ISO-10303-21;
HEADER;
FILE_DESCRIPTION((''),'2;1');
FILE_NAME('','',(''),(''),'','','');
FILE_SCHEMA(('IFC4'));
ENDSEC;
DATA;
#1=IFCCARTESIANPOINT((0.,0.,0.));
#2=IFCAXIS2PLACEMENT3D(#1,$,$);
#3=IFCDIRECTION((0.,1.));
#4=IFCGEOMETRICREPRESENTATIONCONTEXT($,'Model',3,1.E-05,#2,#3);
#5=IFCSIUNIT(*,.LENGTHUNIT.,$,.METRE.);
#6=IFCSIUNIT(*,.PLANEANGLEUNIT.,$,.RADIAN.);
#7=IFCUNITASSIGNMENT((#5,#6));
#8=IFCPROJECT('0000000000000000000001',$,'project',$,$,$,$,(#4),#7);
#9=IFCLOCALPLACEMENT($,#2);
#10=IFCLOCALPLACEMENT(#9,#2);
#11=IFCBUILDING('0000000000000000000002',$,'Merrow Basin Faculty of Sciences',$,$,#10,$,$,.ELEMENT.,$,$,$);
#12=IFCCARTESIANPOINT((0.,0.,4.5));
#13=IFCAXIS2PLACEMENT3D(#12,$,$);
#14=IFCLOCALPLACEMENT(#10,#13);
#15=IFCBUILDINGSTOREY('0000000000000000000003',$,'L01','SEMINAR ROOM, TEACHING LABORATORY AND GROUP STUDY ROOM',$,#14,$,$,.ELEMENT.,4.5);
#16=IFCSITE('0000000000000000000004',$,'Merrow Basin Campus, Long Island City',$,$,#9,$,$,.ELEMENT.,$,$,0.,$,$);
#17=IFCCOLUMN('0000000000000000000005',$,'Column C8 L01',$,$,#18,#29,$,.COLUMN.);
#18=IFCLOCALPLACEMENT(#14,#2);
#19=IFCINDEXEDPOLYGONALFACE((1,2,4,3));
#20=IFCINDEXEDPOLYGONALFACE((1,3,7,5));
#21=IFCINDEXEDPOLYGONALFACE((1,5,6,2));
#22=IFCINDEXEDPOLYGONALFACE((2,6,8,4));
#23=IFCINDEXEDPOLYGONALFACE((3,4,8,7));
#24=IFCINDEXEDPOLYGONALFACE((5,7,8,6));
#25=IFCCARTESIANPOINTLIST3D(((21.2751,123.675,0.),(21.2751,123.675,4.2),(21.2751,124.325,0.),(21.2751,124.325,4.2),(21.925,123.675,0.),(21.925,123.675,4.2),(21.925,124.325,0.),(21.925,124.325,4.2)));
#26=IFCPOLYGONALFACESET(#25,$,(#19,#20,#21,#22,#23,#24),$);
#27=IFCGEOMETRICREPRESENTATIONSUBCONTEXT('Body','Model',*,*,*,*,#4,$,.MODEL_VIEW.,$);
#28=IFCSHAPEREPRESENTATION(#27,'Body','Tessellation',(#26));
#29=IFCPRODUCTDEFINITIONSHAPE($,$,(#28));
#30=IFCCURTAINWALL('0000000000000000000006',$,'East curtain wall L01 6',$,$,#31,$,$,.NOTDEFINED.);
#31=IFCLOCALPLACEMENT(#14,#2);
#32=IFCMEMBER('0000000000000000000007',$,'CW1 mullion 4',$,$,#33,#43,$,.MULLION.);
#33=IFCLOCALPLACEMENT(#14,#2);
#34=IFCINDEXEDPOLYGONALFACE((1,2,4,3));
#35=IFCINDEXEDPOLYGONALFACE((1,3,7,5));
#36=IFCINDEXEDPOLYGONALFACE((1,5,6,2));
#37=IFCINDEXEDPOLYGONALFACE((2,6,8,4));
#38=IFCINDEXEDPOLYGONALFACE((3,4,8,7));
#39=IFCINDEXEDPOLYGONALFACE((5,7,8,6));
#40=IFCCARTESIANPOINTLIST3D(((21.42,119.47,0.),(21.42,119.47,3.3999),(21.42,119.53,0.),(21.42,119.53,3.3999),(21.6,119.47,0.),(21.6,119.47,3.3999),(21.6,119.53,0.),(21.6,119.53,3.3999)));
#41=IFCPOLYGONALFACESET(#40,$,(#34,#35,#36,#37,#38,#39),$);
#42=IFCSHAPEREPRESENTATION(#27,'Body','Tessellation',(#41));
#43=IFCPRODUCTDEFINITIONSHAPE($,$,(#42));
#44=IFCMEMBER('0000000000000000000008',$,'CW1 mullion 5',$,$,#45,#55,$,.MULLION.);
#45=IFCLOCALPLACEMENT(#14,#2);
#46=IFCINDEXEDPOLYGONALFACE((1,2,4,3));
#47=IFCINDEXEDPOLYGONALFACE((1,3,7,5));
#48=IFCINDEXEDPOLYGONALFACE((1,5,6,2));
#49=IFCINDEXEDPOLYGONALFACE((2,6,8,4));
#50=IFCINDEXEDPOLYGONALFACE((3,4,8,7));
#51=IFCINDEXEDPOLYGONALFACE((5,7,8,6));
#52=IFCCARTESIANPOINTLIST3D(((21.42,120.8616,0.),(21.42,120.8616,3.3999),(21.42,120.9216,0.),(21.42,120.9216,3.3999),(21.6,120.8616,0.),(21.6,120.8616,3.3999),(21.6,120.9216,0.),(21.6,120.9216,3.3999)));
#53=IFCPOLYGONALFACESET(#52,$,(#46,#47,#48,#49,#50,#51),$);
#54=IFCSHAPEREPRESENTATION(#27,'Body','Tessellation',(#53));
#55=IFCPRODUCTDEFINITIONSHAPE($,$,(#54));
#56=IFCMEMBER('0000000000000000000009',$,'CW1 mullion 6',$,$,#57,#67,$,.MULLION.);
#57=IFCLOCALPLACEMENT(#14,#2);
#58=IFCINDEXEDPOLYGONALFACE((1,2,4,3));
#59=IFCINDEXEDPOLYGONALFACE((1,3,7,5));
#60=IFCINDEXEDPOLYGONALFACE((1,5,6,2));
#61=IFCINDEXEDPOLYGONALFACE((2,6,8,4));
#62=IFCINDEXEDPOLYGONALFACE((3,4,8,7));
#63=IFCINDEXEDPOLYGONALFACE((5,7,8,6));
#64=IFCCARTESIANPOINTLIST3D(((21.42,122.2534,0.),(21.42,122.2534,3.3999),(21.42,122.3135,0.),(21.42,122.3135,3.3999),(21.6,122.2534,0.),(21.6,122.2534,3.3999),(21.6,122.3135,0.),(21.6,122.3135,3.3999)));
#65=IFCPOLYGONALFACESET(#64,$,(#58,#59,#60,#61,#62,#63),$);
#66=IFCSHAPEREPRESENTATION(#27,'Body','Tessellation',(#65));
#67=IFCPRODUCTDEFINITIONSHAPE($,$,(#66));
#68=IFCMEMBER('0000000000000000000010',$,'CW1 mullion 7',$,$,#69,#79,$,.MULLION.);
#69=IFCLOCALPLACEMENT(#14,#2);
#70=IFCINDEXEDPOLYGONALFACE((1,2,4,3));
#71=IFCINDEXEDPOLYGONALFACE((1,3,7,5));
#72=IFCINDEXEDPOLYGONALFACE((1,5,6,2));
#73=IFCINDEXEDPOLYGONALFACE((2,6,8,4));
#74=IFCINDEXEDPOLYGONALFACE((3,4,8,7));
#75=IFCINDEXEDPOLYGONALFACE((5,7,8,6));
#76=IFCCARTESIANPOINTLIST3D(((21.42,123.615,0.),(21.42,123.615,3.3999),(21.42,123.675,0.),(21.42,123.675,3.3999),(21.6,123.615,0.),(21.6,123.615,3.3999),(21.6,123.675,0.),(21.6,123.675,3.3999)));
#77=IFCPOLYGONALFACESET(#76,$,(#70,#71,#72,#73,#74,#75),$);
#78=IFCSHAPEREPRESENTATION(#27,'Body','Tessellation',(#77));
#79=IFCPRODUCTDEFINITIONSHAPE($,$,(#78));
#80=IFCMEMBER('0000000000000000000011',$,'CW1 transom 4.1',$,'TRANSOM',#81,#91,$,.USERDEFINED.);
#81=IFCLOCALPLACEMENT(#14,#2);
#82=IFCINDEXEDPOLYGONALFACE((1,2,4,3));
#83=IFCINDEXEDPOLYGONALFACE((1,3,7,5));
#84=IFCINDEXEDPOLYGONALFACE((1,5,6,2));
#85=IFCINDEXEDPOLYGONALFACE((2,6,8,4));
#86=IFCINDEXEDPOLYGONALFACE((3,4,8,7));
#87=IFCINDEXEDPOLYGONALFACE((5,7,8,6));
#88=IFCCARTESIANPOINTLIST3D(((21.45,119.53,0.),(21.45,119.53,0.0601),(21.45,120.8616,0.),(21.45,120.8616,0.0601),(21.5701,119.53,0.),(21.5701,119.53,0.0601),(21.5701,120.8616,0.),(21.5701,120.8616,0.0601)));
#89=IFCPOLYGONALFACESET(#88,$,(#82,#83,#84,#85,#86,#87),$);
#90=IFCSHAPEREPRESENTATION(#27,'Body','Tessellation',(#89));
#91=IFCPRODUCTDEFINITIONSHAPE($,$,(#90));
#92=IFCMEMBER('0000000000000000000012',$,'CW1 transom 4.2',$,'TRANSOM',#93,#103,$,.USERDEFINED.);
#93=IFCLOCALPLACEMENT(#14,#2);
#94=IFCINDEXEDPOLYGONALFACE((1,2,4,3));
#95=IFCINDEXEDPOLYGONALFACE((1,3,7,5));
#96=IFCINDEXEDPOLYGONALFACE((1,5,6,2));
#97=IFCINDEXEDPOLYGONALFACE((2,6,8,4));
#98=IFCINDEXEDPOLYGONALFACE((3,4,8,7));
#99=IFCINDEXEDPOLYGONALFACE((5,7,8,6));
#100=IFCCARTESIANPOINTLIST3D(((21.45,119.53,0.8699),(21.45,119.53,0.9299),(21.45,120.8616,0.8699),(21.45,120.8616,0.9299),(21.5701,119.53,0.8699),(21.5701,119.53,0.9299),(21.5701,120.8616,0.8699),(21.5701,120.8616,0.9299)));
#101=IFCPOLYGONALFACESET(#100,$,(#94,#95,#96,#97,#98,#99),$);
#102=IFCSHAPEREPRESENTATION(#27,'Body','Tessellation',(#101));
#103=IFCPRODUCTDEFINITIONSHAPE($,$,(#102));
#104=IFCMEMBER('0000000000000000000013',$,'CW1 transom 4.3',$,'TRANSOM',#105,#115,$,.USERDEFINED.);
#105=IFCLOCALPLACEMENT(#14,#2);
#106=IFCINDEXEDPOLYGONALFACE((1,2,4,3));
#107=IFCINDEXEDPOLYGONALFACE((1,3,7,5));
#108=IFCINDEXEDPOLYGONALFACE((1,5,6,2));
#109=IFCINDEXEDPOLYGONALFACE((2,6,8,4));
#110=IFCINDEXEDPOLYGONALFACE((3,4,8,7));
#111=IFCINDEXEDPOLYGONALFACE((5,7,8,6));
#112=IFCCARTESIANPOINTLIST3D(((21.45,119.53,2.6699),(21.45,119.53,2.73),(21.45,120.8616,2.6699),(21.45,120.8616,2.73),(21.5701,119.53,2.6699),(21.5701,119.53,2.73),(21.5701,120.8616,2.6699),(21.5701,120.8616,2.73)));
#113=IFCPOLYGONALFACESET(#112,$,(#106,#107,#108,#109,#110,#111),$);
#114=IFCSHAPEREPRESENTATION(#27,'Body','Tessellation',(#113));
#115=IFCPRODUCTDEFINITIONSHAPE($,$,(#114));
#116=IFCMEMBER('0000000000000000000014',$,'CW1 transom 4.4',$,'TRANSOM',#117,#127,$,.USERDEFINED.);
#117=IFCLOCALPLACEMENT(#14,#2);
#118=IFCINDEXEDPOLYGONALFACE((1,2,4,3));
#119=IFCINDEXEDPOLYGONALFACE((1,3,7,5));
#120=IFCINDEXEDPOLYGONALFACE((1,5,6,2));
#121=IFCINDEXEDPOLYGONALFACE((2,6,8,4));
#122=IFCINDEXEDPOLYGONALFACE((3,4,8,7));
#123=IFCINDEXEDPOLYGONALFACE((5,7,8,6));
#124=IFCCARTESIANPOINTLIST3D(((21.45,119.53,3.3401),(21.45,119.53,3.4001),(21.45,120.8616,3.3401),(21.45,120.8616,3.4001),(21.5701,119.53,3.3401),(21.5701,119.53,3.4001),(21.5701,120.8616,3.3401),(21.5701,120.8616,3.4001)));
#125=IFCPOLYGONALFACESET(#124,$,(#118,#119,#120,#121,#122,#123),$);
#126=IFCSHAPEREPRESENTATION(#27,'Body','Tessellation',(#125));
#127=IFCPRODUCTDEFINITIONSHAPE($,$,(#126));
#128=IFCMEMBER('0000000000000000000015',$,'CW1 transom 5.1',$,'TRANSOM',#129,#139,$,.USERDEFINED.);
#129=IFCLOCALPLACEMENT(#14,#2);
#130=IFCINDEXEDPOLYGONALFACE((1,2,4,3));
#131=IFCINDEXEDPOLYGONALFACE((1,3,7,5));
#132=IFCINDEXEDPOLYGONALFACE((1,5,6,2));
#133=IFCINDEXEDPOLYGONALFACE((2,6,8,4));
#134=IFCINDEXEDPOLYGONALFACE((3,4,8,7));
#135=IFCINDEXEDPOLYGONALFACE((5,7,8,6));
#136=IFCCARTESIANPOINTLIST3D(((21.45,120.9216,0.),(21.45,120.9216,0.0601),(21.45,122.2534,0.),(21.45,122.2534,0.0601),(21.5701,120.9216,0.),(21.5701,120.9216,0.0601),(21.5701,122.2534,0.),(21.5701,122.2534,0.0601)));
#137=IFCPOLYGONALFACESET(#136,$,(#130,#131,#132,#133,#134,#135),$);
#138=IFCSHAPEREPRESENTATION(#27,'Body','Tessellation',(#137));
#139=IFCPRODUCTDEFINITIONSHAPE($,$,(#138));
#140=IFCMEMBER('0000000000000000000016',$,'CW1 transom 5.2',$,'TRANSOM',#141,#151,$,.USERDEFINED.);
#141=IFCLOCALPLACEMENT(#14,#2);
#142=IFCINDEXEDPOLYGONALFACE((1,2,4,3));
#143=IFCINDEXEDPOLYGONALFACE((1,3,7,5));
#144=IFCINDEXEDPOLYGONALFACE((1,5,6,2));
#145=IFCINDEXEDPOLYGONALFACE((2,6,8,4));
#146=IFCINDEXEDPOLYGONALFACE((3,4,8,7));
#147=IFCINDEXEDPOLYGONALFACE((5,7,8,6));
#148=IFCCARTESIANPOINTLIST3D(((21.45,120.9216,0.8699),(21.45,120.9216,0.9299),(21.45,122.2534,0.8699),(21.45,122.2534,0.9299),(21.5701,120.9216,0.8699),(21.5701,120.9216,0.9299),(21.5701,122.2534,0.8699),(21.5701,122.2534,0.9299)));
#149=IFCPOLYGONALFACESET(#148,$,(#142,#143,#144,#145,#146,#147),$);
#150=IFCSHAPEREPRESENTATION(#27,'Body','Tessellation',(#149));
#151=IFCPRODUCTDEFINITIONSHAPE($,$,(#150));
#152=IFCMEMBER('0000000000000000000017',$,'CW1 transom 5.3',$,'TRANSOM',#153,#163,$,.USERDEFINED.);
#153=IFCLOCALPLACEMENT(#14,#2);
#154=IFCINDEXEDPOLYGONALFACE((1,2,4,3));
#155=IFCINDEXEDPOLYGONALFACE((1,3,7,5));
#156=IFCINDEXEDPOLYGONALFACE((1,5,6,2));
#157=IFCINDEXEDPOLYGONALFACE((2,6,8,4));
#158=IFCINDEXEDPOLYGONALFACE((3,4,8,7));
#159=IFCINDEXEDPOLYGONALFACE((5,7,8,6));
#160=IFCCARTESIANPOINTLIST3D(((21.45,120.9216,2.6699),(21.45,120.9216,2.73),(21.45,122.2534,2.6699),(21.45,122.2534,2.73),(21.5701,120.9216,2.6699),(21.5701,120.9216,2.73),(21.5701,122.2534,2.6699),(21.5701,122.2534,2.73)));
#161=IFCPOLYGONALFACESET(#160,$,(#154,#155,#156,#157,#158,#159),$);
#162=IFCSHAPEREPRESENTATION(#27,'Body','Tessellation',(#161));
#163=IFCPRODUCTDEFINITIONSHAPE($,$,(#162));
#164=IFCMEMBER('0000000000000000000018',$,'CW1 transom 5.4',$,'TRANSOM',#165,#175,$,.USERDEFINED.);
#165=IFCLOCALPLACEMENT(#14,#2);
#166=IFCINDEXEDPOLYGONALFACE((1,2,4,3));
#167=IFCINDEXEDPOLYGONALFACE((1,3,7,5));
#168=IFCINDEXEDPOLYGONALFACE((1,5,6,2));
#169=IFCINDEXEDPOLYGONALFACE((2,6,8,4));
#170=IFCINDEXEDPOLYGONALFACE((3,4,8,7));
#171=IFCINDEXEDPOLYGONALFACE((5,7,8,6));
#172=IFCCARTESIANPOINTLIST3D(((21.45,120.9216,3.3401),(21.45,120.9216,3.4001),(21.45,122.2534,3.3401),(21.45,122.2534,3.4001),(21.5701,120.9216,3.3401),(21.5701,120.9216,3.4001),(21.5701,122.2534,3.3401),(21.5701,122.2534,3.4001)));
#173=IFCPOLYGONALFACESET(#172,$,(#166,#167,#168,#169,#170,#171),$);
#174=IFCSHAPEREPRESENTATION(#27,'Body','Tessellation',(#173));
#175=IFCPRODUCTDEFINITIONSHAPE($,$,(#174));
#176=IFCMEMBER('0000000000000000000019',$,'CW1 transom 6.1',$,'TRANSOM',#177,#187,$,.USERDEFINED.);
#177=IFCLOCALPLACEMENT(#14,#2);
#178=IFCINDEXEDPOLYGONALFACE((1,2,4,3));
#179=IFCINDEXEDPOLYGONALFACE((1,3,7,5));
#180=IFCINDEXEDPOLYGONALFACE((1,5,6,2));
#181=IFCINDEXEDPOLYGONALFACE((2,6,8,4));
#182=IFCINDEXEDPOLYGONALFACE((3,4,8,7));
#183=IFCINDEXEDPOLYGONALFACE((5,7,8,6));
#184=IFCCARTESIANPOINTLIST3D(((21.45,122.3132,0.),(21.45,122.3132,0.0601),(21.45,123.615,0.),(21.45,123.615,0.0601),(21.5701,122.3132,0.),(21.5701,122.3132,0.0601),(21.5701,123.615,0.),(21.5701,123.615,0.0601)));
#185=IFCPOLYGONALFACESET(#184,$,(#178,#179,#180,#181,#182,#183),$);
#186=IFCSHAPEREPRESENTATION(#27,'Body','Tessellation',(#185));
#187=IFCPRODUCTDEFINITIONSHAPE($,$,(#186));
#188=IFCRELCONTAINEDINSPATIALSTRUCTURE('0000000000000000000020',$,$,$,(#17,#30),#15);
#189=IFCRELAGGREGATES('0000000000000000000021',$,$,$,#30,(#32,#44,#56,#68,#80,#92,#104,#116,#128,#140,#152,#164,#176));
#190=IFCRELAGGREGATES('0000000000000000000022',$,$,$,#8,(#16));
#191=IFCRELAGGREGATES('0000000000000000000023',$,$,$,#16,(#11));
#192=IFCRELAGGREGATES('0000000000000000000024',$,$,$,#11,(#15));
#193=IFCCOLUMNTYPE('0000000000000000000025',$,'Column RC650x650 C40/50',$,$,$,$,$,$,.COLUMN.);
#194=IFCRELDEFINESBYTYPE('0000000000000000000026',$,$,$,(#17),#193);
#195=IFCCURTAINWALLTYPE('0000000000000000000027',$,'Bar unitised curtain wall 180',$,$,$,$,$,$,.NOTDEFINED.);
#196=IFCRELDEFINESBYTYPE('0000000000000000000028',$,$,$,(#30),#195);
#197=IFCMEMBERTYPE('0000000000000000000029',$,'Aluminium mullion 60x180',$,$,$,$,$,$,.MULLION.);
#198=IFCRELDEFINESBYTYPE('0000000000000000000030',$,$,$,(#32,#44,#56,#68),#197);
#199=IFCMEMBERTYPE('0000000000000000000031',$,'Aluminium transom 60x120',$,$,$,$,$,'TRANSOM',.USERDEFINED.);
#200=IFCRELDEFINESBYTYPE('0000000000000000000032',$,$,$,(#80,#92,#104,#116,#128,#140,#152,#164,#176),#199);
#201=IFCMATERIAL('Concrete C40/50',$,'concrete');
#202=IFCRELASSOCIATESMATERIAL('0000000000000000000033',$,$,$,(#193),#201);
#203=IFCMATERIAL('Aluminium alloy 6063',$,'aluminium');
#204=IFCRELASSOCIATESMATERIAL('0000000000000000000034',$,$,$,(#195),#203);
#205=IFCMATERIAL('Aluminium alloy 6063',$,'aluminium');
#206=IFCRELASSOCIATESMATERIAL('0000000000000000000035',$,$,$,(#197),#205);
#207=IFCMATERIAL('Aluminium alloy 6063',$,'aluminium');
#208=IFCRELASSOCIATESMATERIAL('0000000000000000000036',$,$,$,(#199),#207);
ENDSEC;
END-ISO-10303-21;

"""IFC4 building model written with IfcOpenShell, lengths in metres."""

from ifc_helpers import new_model, si_unit, direction, frame, origin, origin_2d, place, context, subcontext, project, spatial, rectangle, extrude, material, material_profile, profile_set, type_object, element, aggregate, save


model = new_model("IFC4")

# Units and contexts
model_context = context("Model", 3, precision=1e-05, world=origin(), true_north=direction((0.0, 1.0)))
body_context = subcontext(model_context, "Body", "Model", "MODEL_VIEW")
ifc_project = project(units=[si_unit("LENGTHUNIT", "METRE"), si_unit("PLANEANGLEUNIT", "RADIAN")], contexts=[model_context])

# Site, building, storey
site_placement = place(None, origin())
site = spatial("IfcSite", under=ifc_project, at=site_placement, Name="Merrow Basin Campus, Long Island City", CompositionType="ELEMENT", RefElevation=0.0)
building_placement = place(site_placement, origin())
building = spatial("IfcBuilding", under=site, at=building_placement, Name="Merrow Basin Faculty of Sciences", CompositionType="ELEMENT")
storey_placement = place(building_placement, frame((0.0, 0.0, 4.5)))
storey = spatial("IfcBuildingStorey", under=building, at=storey_placement, Name="L01", Description="SEMINAR ROOM, TEACHING LABORATORY AND GROUP STUDY ROOM", CompositionType="ELEMENT", Elevation=4.5)

# Column
ifc_material_1 = material(Name="Concrete C40/50", Category="concrete")
ifc_material_profile_1 = material_profile(ifc_material_1, rectangle(XDim=0.6499, YDim=0.6499, at=origin_2d()))
ifc_profile_set_1 = profile_set([ifc_material_profile_1], Name="Concrete C40/50")
column_type = type_object("IfcColumnType", Name="Column RC650x650 C40/50", PredefinedType="COLUMN", material=ifc_profile_set_1)
column_placement = place(storey_placement, frame((21.6001, 124.0, 0.0), z_axis=(0.0, 0.0, 1.0), x_axis=(1.0, 0.0, 0.0)))
element("IfcColumn", 1, at=column_placement, inside=storey, type_object=column_type, Name="Column C8 L01", PredefinedType="COLUMN", context=body_context, shape_type="SweptSolid", body=[
    extrude(rectangle(XDim=0.6499, YDim=0.6499, at=origin_2d()), origin(), (0.0, 0.0, 1.0), 4.2),
])

# Curtain wall, members
ifc_material_2 = material(Name="Aluminium alloy 6063", Category="aluminium")
curtain_wall_type = type_object("IfcCurtainWallType", Name="Bar unitised curtain wall 180", PredefinedType="NOTDEFINED", material=ifc_material_2)
curtain_wall_placement = place(storey_placement, origin())
curtain_wall = element("IfcCurtainWall", 2, at=curtain_wall_placement, inside=storey, type_object=curtain_wall_type, Name="East curtain wall L01 6", PredefinedType="NOTDEFINED")
ifc_material_3 = material(Name="Aluminium alloy 6063", Category="aluminium")
ifc_material_profile_2 = material_profile(ifc_material_3, rectangle(XDim=0.1799, YDim=0.0601, at=origin_2d()))
ifc_profile_set_2 = profile_set([ifc_material_profile_2], Name="Aluminium alloy 6063")
member_type_1 = type_object("IfcMemberType", Name="Aluminium mullion 60x180", PredefinedType="MULLION", material=ifc_profile_set_2)
member_1_placement = place(storey_placement, frame((21.51, 119.5, 0.0), z_axis=(0.0, 0.0, 1.0), x_axis=(-1.0, 0.0, 0.0)))
member_1 = element("IfcMember", 3, at=member_1_placement, type_object=member_type_1, Name="CW1 mullion 4", PredefinedType="MULLION", context=body_context, shape_type="SweptSolid", body=[
    extrude(rectangle(XDim=0.1799, YDim=0.0601, at=origin_2d()), origin(), (0.0, 0.0, 1.0), 3.3999),
])
member_2_placement = place(storey_placement, frame((21.51, 120.8916, 0.0), z_axis=(0.0, 0.0, 1.0), x_axis=(-1.0, 0.0, 0.0)))
member_2 = element("IfcMember", 4, at=member_2_placement, type_object=member_type_1, Name="CW1 mullion 5", PredefinedType="MULLION", context=body_context, shape_type="SweptSolid", body=[
    extrude(rectangle(XDim=0.1799, YDim=0.0601, at=origin_2d()), origin(), (0.0, 0.0, 1.0), 3.3999),
])
member_3_placement = place(storey_placement, frame((21.51, 122.2834, 0.0), z_axis=(0.0, 0.0, 1.0), x_axis=(-1.0, 0.0, 0.0)))
member_3 = element("IfcMember", 5, at=member_3_placement, type_object=member_type_1, Name="CW1 mullion 6", PredefinedType="MULLION", context=body_context, shape_type="SweptSolid", body=[
    extrude(rectangle(XDim=0.1799, YDim=0.0601, at=origin_2d()), origin(), (0.0, 0.0, 1.0), 3.3999),
])
member_4_placement = place(storey_placement, frame((21.51, 123.645, 0.0), z_axis=(0.0, 0.0, 1.0), x_axis=(-1.0, 0.0, 0.0)))
member_4 = element("IfcMember", 6, at=member_4_placement, type_object=member_type_1, Name="CW1 mullion 7", PredefinedType="MULLION", context=body_context, shape_type="SweptSolid", body=[
    extrude(rectangle(XDim=0.1799, YDim=0.0601, at=origin_2d()), origin(), (0.0, 0.0, 1.0), 3.3999),
])
ifc_material_4 = material(Name="Aluminium alloy 6063", Category="aluminium")
ifc_material_profile_3 = material_profile(ifc_material_4, rectangle(XDim=0.1201, YDim=0.0601, at=origin_2d()))
ifc_profile_set_3 = profile_set([ifc_material_profile_3], Name="Aluminium alloy 6063")
member_type_2 = type_object("IfcMemberType", Name="Aluminium transom 60x120", ElementType="TRANSOM", PredefinedType="USERDEFINED", material=ifc_profile_set_3)
member_5_placement = place(storey_placement, frame((21.51, 119.53, 0.03), z_axis=(0.0, 1.0, 0.0), x_axis=(-1.0, 0.0, 0.0)))
member_5 = element("IfcMember", 7, at=member_5_placement, type_object=member_type_2, Name="CW1 transom 4.1", ObjectType="TRANSOM", PredefinedType="USERDEFINED", context=body_context, shape_type="SweptSolid", body=[
    extrude(rectangle(XDim=0.1201, YDim=0.0601, at=origin_2d()), origin(), (0.0, 0.0, 1.0), 1.3315),
])
member_6_placement = place(storey_placement, frame((21.51, 119.53, 0.8999), z_axis=(0.0, 1.0, 0.0), x_axis=(-1.0, 0.0, 0.0)))
member_6 = element("IfcMember", 8, at=member_6_placement, type_object=member_type_2, Name="CW1 transom 4.2", ObjectType="TRANSOM", PredefinedType="USERDEFINED", context=body_context, shape_type="SweptSolid", body=[
    extrude(rectangle(XDim=0.1201, YDim=0.0601, at=origin_2d()), origin(), (0.0, 0.0, 1.0), 1.3315),
])
member_7_placement = place(storey_placement, frame((21.51, 119.53, 2.7), z_axis=(0.0, 1.0, 0.0), x_axis=(-1.0, 0.0, 0.0)))
member_7 = element("IfcMember", 9, at=member_7_placement, type_object=member_type_2, Name="CW1 transom 4.3", ObjectType="TRANSOM", PredefinedType="USERDEFINED", context=body_context, shape_type="SweptSolid", body=[
    extrude(rectangle(XDim=0.1201, YDim=0.0601, at=origin_2d()), origin(), (0.0, 0.0, 1.0), 1.3315),
])
member_8_placement = place(storey_placement, frame((21.51, 119.53, 3.3701), z_axis=(0.0, 1.0, 0.0), x_axis=(-1.0, 0.0, 0.0)))
member_8 = element("IfcMember", 10, at=member_8_placement, type_object=member_type_2, Name="CW1 transom 4.4", ObjectType="TRANSOM", PredefinedType="USERDEFINED", context=body_context, shape_type="SweptSolid", body=[
    extrude(rectangle(XDim=0.1201, YDim=0.0601, at=origin_2d()), origin(), (0.0, 0.0, 1.0), 1.3315),
])
member_9_placement = place(storey_placement, frame((21.51, 120.9216, 0.03), z_axis=(0.0, 1.0, 0.0), x_axis=(-1.0, 0.0, 0.0)))
member_9 = element("IfcMember", 11, at=member_9_placement, type_object=member_type_2, Name="CW1 transom 5.1", ObjectType="TRANSOM", PredefinedType="USERDEFINED", context=body_context, shape_type="SweptSolid", body=[
    extrude(rectangle(XDim=0.1201, YDim=0.0601, at=origin_2d()), origin(), (0.0, 0.0, 1.0), 1.3318),
])
member_10_placement = place(storey_placement, frame((21.51, 120.9216, 0.8999), z_axis=(0.0, 1.0, 0.0), x_axis=(-1.0, 0.0, 0.0)))
member_10 = element("IfcMember", 12, at=member_10_placement, type_object=member_type_2, Name="CW1 transom 5.2", ObjectType="TRANSOM", PredefinedType="USERDEFINED", context=body_context, shape_type="SweptSolid", body=[
    extrude(rectangle(XDim=0.1201, YDim=0.0601, at=origin_2d()), origin(), (0.0, 0.0, 1.0), 1.3318),
])
member_11_placement = place(storey_placement, frame((21.51, 120.9216, 2.7), z_axis=(0.0, 1.0, 0.0), x_axis=(-1.0, 0.0, 0.0)))
member_11 = element("IfcMember", 13, at=member_11_placement, type_object=member_type_2, Name="CW1 transom 5.3", ObjectType="TRANSOM", PredefinedType="USERDEFINED", context=body_context, shape_type="SweptSolid", body=[
    extrude(rectangle(XDim=0.1201, YDim=0.0601, at=origin_2d()), origin(), (0.0, 0.0, 1.0), 1.3318),
])
member_12_placement = place(storey_placement, frame((21.51, 120.9216, 3.3701), z_axis=(0.0, 1.0, 0.0), x_axis=(-1.0, 0.0, 0.0)))
member_12 = element("IfcMember", 14, at=member_12_placement, type_object=member_type_2, Name="CW1 transom 5.4", ObjectType="TRANSOM", PredefinedType="USERDEFINED", context=body_context, shape_type="SweptSolid", body=[
    extrude(rectangle(XDim=0.1201, YDim=0.0601, at=origin_2d()), origin(), (0.0, 0.0, 1.0), 1.3318),
])
member_13_placement = place(storey_placement, frame((21.51, 122.3132, 0.03), z_axis=(0.0, 1.0, 0.0), x_axis=(-1.0, 0.0, 0.0)))
member_13 = element("IfcMember", 15, at=member_13_placement, type_object=member_type_2, Name="CW1 transom 6.1", ObjectType="TRANSOM", PredefinedType="USERDEFINED", context=body_context, shape_type="SweptSolid", body=[
    extrude(rectangle(XDim=0.1201, YDim=0.0601, at=origin_2d()), origin(), (0.0, 0.0, 1.0), 1.3018),
])
aggregate(curtain_wall, [member_1, member_2, member_3, member_4, member_5, member_6, member_7, member_8, member_9, member_10, member_11, member_12, member_13])

save(model, "model.ifc")
